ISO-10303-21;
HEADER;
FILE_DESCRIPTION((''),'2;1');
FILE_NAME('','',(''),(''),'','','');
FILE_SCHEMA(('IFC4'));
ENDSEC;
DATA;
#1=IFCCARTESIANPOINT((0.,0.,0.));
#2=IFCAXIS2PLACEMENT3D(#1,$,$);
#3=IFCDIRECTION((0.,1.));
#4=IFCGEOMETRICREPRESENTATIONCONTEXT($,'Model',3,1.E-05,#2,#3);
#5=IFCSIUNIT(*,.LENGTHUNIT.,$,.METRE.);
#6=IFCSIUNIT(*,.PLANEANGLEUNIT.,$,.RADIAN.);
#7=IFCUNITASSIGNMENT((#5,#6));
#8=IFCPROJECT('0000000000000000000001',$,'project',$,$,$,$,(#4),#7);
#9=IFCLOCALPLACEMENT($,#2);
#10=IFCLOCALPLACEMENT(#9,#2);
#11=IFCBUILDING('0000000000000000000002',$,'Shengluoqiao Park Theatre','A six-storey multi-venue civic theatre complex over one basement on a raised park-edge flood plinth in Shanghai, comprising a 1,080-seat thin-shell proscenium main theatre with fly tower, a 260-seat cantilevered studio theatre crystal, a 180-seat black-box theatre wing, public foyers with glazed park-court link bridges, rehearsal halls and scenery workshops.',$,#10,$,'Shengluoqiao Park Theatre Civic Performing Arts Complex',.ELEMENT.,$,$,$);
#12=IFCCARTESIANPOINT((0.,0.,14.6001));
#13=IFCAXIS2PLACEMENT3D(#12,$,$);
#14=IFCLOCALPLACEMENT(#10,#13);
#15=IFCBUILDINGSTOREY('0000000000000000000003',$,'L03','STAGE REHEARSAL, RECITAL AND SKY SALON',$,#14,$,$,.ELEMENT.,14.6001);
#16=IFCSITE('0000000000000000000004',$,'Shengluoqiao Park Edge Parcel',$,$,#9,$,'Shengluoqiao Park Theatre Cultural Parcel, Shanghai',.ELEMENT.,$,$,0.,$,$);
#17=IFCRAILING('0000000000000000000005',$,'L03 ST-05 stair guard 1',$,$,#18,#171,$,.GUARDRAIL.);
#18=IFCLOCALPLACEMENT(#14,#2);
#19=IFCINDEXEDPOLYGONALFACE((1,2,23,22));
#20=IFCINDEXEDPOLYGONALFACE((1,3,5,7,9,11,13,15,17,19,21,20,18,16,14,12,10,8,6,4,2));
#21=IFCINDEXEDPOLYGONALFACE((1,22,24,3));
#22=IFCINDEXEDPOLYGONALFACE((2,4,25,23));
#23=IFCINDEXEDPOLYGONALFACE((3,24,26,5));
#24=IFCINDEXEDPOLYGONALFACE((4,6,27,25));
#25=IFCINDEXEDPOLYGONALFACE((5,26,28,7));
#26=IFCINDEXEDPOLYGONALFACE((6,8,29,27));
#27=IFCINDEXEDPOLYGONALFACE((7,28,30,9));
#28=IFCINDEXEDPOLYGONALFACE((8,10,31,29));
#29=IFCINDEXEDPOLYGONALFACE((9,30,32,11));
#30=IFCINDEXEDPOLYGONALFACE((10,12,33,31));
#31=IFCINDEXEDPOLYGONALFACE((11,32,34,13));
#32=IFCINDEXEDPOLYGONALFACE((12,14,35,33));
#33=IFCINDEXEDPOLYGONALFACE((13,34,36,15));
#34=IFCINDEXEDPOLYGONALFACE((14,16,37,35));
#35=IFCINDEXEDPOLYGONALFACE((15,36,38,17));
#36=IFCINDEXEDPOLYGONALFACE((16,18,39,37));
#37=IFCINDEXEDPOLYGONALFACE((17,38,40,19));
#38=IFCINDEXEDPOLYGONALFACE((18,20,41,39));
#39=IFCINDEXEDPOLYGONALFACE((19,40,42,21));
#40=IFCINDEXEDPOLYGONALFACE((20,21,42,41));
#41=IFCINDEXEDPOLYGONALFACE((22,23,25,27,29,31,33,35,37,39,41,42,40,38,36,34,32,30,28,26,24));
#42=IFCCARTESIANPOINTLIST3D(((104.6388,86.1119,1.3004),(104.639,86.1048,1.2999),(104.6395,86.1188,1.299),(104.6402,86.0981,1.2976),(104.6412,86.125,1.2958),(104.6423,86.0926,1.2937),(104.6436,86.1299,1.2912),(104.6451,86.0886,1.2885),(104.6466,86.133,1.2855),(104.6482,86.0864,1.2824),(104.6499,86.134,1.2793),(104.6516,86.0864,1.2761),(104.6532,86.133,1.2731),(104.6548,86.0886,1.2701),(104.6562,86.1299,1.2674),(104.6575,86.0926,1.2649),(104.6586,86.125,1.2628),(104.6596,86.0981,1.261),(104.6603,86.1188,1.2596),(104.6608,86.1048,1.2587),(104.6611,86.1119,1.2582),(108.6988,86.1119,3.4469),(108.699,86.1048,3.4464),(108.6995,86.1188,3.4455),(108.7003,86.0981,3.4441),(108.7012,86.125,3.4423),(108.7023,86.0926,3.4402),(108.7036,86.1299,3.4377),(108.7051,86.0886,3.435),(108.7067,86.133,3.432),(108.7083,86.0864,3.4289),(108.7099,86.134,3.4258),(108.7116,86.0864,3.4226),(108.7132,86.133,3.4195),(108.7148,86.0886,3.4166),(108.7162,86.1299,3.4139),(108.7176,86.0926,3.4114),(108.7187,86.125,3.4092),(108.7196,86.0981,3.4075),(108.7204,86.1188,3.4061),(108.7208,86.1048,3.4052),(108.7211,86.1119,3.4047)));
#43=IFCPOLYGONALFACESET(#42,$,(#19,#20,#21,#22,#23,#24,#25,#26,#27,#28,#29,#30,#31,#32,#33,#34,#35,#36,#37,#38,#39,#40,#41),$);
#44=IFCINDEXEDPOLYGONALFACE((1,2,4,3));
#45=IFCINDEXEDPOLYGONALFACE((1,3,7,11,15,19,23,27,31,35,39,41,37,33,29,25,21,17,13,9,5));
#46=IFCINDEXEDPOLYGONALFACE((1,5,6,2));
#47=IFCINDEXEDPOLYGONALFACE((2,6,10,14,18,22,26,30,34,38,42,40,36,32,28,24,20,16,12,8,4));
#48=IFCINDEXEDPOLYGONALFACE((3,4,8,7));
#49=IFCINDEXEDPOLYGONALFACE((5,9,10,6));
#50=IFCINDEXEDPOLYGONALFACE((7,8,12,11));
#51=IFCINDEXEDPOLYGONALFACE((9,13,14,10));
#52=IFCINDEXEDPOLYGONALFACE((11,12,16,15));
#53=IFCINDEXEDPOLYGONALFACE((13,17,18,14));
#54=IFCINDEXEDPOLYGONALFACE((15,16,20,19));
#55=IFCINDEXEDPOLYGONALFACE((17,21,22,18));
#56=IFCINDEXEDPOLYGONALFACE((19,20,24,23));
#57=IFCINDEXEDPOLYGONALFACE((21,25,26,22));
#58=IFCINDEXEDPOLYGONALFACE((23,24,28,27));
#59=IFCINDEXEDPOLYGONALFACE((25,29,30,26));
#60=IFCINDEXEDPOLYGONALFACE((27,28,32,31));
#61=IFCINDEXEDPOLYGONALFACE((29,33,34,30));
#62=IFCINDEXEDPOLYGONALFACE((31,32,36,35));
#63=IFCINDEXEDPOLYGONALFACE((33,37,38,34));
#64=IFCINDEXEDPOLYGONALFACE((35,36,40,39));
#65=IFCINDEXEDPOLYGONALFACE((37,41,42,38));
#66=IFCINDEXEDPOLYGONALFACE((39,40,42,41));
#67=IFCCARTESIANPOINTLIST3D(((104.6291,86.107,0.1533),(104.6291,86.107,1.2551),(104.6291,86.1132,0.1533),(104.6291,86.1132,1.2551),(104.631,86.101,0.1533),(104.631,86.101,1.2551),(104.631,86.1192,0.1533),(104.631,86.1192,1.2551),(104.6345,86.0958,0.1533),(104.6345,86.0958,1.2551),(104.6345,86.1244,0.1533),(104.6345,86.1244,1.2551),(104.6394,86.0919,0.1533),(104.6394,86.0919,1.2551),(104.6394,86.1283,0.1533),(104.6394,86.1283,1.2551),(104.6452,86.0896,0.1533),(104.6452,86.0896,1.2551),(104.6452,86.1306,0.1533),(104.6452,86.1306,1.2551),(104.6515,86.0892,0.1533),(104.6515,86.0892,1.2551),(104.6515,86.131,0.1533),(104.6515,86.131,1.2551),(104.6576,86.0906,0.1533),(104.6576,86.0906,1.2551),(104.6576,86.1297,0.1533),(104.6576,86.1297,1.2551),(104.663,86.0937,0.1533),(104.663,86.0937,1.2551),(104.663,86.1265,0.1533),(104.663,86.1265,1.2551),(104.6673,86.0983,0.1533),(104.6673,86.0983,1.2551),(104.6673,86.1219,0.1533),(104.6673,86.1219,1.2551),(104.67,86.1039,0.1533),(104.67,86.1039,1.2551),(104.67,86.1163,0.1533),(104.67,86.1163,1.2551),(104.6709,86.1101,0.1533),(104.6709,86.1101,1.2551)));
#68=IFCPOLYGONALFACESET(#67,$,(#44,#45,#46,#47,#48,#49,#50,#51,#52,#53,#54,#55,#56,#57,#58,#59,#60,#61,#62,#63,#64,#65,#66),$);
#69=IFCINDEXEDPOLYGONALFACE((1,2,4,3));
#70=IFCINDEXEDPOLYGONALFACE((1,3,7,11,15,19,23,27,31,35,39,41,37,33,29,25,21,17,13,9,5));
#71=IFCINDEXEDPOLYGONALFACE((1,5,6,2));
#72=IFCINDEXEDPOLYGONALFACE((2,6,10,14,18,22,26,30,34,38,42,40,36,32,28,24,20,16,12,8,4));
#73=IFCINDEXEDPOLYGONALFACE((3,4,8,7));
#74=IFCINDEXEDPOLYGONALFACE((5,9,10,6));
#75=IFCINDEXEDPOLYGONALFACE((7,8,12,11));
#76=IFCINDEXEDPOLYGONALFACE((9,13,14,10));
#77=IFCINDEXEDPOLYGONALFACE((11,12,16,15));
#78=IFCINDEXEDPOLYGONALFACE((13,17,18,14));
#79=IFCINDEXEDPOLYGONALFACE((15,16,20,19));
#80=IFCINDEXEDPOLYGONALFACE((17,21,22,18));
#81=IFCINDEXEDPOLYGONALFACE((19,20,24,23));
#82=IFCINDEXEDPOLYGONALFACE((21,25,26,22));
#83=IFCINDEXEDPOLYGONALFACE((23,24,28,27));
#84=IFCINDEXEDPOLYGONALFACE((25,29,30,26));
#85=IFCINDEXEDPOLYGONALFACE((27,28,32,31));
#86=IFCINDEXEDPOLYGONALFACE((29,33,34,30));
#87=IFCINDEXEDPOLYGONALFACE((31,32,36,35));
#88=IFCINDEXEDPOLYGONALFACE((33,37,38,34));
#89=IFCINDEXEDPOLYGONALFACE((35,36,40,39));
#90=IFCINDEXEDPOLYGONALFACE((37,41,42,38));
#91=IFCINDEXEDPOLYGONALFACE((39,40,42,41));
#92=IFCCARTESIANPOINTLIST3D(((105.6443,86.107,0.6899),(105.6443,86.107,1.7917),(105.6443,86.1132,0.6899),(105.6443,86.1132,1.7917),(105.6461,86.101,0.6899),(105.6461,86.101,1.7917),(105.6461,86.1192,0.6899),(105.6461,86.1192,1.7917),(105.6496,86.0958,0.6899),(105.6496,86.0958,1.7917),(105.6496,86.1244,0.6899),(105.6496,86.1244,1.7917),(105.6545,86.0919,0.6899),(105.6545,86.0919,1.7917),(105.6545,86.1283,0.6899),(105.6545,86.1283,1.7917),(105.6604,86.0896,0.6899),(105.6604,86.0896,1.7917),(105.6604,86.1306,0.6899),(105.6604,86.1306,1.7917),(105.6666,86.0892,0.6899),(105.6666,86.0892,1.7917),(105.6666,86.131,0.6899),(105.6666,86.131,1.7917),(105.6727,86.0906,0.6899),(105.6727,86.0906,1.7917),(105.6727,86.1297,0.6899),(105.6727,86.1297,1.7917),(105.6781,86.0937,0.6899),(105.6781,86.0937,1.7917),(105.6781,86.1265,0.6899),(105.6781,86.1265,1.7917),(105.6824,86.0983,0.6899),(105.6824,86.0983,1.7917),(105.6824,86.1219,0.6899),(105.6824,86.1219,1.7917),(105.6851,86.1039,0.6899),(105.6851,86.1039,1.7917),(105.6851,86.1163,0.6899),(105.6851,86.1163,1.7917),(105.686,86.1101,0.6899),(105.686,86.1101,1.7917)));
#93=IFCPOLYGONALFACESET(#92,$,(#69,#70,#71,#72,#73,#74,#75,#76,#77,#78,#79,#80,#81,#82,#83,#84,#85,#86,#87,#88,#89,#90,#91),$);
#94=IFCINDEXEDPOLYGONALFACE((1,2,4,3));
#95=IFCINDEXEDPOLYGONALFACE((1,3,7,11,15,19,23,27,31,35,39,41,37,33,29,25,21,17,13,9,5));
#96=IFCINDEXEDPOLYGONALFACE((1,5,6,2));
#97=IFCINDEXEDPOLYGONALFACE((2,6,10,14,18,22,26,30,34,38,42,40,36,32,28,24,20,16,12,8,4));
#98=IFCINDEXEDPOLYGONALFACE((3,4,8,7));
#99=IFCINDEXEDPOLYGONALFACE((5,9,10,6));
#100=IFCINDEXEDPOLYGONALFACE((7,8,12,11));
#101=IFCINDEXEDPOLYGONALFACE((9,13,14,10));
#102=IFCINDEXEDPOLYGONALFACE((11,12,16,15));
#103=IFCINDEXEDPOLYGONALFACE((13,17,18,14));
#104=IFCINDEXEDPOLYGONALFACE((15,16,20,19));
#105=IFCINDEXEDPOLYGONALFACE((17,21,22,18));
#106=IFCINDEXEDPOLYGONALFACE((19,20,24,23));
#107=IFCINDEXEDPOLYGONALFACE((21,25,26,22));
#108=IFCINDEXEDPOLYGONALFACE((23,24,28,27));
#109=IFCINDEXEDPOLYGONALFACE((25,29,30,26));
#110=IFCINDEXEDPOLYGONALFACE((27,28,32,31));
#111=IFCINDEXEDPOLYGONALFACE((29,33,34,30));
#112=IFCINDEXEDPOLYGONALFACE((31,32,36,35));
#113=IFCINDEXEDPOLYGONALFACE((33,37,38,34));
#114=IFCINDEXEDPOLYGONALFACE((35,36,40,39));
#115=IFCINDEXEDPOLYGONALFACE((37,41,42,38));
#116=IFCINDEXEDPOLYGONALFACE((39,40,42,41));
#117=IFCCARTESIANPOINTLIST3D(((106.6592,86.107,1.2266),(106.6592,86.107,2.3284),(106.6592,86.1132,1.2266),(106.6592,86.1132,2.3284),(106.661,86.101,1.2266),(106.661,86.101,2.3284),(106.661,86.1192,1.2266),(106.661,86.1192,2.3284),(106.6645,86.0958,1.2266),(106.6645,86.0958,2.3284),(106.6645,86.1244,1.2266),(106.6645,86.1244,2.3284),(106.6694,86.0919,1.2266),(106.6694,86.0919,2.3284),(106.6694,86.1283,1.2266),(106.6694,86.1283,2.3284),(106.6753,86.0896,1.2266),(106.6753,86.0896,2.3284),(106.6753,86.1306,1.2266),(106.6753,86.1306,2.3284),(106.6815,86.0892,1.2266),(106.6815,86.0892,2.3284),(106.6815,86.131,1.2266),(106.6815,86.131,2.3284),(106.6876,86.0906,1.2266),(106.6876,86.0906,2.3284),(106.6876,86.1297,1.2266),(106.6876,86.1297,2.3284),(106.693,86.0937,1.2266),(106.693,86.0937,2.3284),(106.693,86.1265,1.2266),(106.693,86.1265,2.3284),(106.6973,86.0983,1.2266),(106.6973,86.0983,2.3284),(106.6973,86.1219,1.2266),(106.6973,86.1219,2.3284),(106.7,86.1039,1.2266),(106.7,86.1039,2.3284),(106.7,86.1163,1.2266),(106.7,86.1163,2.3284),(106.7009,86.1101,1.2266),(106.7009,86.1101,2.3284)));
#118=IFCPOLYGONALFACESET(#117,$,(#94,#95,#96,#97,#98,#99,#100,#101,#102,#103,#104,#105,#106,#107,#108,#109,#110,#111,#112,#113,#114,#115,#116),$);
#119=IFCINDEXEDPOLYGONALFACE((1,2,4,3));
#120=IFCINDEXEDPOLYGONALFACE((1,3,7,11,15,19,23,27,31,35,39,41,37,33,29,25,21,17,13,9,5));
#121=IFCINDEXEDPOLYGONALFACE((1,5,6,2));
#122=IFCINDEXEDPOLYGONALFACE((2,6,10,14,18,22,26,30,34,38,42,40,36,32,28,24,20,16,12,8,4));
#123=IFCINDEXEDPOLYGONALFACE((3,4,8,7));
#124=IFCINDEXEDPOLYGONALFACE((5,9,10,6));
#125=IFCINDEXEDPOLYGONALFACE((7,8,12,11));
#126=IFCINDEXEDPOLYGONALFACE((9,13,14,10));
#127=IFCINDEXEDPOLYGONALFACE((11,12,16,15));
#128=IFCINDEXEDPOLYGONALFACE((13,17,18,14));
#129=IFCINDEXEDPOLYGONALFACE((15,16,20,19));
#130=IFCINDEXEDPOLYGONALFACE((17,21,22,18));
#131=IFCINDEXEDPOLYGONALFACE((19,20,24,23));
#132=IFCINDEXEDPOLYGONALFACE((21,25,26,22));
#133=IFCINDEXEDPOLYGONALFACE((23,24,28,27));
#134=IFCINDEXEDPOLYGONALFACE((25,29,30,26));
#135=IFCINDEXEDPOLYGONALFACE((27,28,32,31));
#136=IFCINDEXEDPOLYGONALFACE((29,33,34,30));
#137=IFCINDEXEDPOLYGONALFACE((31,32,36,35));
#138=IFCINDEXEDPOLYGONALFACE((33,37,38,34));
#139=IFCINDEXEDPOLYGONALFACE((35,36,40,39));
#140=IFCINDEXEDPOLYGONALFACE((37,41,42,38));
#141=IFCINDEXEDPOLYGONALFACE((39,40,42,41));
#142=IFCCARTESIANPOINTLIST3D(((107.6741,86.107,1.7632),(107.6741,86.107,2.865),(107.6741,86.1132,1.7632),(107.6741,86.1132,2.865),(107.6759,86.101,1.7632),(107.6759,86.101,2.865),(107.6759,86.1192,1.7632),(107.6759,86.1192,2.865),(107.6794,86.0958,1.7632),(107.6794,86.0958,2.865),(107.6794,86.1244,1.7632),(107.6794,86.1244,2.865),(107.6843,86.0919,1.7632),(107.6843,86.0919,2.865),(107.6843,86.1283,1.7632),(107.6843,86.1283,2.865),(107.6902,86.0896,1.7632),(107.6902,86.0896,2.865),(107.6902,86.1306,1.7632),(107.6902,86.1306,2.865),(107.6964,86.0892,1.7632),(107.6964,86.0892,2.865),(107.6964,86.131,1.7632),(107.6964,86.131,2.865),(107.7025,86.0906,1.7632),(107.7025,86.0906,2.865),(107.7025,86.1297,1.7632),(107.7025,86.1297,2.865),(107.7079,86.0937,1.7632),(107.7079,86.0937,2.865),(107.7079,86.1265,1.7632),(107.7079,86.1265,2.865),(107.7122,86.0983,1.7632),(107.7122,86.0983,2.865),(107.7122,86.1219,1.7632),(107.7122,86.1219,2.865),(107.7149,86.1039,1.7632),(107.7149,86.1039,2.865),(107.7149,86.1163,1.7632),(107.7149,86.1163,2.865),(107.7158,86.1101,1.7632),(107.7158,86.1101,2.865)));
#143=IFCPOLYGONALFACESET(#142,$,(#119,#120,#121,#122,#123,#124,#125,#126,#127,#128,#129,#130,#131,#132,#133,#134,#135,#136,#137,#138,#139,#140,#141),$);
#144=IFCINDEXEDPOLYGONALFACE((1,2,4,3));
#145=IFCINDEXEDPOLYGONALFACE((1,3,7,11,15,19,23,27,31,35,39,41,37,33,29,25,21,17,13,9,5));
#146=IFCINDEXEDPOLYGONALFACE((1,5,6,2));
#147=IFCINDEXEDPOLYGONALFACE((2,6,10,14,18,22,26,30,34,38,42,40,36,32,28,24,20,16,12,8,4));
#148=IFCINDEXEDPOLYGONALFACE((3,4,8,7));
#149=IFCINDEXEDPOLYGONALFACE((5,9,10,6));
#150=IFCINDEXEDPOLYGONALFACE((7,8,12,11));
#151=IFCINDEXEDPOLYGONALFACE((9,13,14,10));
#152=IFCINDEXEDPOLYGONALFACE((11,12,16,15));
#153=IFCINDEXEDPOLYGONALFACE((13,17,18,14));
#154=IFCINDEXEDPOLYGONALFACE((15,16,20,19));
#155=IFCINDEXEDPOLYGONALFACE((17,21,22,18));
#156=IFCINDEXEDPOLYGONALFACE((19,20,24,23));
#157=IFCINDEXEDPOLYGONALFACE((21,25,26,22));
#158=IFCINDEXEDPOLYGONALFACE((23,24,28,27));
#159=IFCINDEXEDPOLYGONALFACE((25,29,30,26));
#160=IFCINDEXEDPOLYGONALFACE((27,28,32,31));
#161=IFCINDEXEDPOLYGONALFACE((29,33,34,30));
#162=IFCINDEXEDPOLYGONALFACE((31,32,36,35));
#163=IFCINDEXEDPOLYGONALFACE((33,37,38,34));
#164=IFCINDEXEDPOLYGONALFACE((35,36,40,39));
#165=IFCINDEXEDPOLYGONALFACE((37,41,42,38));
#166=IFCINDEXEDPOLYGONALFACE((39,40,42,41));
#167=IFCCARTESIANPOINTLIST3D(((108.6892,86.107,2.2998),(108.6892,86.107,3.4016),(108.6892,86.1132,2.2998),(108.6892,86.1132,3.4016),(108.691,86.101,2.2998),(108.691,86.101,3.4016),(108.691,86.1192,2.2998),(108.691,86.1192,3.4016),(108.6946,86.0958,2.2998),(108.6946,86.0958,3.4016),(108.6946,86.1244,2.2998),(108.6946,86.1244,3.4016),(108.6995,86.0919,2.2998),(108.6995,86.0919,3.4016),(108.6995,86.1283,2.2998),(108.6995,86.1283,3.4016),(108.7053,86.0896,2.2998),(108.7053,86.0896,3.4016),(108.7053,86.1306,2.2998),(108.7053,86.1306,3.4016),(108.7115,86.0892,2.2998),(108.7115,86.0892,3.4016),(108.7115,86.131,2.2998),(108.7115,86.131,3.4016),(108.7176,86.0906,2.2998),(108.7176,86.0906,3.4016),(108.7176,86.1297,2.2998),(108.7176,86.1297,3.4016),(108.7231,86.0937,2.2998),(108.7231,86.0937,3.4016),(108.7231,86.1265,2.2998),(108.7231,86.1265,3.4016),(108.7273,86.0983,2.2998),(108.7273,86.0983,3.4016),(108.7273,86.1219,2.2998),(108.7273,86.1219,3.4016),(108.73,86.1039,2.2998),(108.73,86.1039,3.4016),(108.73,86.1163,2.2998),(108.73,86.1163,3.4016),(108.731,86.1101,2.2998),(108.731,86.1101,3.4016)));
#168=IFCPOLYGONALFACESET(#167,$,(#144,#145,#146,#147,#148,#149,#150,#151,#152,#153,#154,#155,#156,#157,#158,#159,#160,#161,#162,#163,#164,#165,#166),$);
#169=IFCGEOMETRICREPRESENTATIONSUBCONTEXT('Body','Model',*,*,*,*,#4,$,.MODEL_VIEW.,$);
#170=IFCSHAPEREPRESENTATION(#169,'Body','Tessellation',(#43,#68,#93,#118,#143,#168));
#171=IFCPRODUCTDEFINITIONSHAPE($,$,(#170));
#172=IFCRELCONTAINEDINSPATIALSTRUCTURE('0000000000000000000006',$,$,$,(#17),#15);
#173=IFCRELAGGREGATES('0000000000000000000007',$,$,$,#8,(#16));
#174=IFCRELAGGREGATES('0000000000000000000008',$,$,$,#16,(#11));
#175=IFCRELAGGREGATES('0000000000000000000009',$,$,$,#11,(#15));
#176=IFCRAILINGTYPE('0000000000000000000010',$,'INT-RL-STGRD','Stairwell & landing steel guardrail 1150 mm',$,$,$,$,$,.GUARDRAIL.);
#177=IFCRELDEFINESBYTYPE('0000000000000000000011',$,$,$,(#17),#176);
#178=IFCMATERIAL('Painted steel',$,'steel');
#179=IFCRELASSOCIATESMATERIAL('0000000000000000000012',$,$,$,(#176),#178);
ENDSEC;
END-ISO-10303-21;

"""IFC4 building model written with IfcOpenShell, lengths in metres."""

from ifc_helpers import new_model, si_unit, direction, frame, origin, origin_2d, place, context, subcontext, project, spatial, circle, extrude, material, type_object, element, save


model = new_model("IFC4")

# Units and contexts
model_context = context("Model", 3, precision=1e-05, world=origin(), true_north=direction((0.0, 1.0)))
body_context = subcontext(model_context, "Body", "Model", "MODEL_VIEW")
ifc_project = project(units=[si_unit("LENGTHUNIT", "METRE"), si_unit("PLANEANGLEUNIT", "RADIAN")], contexts=[model_context])

# Site, building, storey
site_placement = place(None, origin())
site = spatial("IfcSite", under=ifc_project, at=site_placement, Name="Shengluoqiao Park Edge Parcel", LongName="Shengluoqiao Park Theatre Cultural Parcel, Shanghai", CompositionType="ELEMENT", RefElevation=0.0)
building_placement = place(site_placement, origin())
building = spatial("IfcBuilding", under=site, at=building_placement, Name="Shengluoqiao Park Theatre", Description="A six-storey multi-venue civic theatre complex over one basement on a raised park-edge flood plinth in Shanghai, comprising a 1,080-seat thin-shell proscenium main theatre with fly tower, a 260-seat cantilevered studio theatre crystal, a 180-seat black-box theatre wing, public foyers with glazed park-court link bridges, rehearsal halls and scenery workshops.", LongName="Shengluoqiao Park Theatre Civic Performing Arts Complex", CompositionType="ELEMENT")
storey_placement = place(building_placement, frame((0.0, 0.0, 14.6001)))
storey = spatial("IfcBuildingStorey", under=building, at=storey_placement, Name="L03", Description="STAGE REHEARSAL, RECITAL AND SKY SALON", CompositionType="ELEMENT", Elevation=14.6001)

# Railing
ifc_material_1 = material(Name="Painted steel", Category="steel")
railing_type_1 = type_object("IfcRailingType", Name="INT-RL-STGRD", Description="Stairwell & landing steel guardrail 1150 mm", PredefinedType="GUARDRAIL", material=ifc_material_1)
railing_1_placement = place(storey_placement, frame((104.6499, 86.1101, 0.1533)))
element("IfcRailing", 1, at=railing_1_placement, inside=storey, type_object=railing_type_1, Name="L03 ST-05 stair guard 1", PredefinedType="GUARDRAIL", context=body_context, shape_type="SweptSolid", body=[
    extrude(circle(Radius=0.0239, at=origin_2d()), frame((0.0, 0.0, 1.126), z_axis=(0.884054, 0.0, 0.467384), x_axis=(0.0, 1.0, 0.0)), (0.0, 0.0, 1.0), 4.5925),
    extrude(circle(Radius=0.021, at=origin_2d()), origin(), (0.0, 0.0, 1.0), 1.1018),
    extrude(circle(Radius=0.021, at=origin_2d()), frame((1.0151, 0.0, 0.5366)), (0.0, 0.0, 1.0), 1.1018),
    extrude(circle(Radius=0.021, at=origin_2d()), frame((2.03, 0.0, 1.0732)), (0.0, 0.0, 1.0), 1.1018),
    extrude(circle(Radius=0.021, at=origin_2d()), frame((3.0449, 0.0, 1.6099)), (0.0, 0.0, 1.0), 1.1018),
    extrude(circle(Radius=0.021, at=origin_2d()), frame((4.0601, 0.0, 2.1465)), (0.0, 0.0, 1.0), 1.1018),
])

save(model, "model.ifc")
